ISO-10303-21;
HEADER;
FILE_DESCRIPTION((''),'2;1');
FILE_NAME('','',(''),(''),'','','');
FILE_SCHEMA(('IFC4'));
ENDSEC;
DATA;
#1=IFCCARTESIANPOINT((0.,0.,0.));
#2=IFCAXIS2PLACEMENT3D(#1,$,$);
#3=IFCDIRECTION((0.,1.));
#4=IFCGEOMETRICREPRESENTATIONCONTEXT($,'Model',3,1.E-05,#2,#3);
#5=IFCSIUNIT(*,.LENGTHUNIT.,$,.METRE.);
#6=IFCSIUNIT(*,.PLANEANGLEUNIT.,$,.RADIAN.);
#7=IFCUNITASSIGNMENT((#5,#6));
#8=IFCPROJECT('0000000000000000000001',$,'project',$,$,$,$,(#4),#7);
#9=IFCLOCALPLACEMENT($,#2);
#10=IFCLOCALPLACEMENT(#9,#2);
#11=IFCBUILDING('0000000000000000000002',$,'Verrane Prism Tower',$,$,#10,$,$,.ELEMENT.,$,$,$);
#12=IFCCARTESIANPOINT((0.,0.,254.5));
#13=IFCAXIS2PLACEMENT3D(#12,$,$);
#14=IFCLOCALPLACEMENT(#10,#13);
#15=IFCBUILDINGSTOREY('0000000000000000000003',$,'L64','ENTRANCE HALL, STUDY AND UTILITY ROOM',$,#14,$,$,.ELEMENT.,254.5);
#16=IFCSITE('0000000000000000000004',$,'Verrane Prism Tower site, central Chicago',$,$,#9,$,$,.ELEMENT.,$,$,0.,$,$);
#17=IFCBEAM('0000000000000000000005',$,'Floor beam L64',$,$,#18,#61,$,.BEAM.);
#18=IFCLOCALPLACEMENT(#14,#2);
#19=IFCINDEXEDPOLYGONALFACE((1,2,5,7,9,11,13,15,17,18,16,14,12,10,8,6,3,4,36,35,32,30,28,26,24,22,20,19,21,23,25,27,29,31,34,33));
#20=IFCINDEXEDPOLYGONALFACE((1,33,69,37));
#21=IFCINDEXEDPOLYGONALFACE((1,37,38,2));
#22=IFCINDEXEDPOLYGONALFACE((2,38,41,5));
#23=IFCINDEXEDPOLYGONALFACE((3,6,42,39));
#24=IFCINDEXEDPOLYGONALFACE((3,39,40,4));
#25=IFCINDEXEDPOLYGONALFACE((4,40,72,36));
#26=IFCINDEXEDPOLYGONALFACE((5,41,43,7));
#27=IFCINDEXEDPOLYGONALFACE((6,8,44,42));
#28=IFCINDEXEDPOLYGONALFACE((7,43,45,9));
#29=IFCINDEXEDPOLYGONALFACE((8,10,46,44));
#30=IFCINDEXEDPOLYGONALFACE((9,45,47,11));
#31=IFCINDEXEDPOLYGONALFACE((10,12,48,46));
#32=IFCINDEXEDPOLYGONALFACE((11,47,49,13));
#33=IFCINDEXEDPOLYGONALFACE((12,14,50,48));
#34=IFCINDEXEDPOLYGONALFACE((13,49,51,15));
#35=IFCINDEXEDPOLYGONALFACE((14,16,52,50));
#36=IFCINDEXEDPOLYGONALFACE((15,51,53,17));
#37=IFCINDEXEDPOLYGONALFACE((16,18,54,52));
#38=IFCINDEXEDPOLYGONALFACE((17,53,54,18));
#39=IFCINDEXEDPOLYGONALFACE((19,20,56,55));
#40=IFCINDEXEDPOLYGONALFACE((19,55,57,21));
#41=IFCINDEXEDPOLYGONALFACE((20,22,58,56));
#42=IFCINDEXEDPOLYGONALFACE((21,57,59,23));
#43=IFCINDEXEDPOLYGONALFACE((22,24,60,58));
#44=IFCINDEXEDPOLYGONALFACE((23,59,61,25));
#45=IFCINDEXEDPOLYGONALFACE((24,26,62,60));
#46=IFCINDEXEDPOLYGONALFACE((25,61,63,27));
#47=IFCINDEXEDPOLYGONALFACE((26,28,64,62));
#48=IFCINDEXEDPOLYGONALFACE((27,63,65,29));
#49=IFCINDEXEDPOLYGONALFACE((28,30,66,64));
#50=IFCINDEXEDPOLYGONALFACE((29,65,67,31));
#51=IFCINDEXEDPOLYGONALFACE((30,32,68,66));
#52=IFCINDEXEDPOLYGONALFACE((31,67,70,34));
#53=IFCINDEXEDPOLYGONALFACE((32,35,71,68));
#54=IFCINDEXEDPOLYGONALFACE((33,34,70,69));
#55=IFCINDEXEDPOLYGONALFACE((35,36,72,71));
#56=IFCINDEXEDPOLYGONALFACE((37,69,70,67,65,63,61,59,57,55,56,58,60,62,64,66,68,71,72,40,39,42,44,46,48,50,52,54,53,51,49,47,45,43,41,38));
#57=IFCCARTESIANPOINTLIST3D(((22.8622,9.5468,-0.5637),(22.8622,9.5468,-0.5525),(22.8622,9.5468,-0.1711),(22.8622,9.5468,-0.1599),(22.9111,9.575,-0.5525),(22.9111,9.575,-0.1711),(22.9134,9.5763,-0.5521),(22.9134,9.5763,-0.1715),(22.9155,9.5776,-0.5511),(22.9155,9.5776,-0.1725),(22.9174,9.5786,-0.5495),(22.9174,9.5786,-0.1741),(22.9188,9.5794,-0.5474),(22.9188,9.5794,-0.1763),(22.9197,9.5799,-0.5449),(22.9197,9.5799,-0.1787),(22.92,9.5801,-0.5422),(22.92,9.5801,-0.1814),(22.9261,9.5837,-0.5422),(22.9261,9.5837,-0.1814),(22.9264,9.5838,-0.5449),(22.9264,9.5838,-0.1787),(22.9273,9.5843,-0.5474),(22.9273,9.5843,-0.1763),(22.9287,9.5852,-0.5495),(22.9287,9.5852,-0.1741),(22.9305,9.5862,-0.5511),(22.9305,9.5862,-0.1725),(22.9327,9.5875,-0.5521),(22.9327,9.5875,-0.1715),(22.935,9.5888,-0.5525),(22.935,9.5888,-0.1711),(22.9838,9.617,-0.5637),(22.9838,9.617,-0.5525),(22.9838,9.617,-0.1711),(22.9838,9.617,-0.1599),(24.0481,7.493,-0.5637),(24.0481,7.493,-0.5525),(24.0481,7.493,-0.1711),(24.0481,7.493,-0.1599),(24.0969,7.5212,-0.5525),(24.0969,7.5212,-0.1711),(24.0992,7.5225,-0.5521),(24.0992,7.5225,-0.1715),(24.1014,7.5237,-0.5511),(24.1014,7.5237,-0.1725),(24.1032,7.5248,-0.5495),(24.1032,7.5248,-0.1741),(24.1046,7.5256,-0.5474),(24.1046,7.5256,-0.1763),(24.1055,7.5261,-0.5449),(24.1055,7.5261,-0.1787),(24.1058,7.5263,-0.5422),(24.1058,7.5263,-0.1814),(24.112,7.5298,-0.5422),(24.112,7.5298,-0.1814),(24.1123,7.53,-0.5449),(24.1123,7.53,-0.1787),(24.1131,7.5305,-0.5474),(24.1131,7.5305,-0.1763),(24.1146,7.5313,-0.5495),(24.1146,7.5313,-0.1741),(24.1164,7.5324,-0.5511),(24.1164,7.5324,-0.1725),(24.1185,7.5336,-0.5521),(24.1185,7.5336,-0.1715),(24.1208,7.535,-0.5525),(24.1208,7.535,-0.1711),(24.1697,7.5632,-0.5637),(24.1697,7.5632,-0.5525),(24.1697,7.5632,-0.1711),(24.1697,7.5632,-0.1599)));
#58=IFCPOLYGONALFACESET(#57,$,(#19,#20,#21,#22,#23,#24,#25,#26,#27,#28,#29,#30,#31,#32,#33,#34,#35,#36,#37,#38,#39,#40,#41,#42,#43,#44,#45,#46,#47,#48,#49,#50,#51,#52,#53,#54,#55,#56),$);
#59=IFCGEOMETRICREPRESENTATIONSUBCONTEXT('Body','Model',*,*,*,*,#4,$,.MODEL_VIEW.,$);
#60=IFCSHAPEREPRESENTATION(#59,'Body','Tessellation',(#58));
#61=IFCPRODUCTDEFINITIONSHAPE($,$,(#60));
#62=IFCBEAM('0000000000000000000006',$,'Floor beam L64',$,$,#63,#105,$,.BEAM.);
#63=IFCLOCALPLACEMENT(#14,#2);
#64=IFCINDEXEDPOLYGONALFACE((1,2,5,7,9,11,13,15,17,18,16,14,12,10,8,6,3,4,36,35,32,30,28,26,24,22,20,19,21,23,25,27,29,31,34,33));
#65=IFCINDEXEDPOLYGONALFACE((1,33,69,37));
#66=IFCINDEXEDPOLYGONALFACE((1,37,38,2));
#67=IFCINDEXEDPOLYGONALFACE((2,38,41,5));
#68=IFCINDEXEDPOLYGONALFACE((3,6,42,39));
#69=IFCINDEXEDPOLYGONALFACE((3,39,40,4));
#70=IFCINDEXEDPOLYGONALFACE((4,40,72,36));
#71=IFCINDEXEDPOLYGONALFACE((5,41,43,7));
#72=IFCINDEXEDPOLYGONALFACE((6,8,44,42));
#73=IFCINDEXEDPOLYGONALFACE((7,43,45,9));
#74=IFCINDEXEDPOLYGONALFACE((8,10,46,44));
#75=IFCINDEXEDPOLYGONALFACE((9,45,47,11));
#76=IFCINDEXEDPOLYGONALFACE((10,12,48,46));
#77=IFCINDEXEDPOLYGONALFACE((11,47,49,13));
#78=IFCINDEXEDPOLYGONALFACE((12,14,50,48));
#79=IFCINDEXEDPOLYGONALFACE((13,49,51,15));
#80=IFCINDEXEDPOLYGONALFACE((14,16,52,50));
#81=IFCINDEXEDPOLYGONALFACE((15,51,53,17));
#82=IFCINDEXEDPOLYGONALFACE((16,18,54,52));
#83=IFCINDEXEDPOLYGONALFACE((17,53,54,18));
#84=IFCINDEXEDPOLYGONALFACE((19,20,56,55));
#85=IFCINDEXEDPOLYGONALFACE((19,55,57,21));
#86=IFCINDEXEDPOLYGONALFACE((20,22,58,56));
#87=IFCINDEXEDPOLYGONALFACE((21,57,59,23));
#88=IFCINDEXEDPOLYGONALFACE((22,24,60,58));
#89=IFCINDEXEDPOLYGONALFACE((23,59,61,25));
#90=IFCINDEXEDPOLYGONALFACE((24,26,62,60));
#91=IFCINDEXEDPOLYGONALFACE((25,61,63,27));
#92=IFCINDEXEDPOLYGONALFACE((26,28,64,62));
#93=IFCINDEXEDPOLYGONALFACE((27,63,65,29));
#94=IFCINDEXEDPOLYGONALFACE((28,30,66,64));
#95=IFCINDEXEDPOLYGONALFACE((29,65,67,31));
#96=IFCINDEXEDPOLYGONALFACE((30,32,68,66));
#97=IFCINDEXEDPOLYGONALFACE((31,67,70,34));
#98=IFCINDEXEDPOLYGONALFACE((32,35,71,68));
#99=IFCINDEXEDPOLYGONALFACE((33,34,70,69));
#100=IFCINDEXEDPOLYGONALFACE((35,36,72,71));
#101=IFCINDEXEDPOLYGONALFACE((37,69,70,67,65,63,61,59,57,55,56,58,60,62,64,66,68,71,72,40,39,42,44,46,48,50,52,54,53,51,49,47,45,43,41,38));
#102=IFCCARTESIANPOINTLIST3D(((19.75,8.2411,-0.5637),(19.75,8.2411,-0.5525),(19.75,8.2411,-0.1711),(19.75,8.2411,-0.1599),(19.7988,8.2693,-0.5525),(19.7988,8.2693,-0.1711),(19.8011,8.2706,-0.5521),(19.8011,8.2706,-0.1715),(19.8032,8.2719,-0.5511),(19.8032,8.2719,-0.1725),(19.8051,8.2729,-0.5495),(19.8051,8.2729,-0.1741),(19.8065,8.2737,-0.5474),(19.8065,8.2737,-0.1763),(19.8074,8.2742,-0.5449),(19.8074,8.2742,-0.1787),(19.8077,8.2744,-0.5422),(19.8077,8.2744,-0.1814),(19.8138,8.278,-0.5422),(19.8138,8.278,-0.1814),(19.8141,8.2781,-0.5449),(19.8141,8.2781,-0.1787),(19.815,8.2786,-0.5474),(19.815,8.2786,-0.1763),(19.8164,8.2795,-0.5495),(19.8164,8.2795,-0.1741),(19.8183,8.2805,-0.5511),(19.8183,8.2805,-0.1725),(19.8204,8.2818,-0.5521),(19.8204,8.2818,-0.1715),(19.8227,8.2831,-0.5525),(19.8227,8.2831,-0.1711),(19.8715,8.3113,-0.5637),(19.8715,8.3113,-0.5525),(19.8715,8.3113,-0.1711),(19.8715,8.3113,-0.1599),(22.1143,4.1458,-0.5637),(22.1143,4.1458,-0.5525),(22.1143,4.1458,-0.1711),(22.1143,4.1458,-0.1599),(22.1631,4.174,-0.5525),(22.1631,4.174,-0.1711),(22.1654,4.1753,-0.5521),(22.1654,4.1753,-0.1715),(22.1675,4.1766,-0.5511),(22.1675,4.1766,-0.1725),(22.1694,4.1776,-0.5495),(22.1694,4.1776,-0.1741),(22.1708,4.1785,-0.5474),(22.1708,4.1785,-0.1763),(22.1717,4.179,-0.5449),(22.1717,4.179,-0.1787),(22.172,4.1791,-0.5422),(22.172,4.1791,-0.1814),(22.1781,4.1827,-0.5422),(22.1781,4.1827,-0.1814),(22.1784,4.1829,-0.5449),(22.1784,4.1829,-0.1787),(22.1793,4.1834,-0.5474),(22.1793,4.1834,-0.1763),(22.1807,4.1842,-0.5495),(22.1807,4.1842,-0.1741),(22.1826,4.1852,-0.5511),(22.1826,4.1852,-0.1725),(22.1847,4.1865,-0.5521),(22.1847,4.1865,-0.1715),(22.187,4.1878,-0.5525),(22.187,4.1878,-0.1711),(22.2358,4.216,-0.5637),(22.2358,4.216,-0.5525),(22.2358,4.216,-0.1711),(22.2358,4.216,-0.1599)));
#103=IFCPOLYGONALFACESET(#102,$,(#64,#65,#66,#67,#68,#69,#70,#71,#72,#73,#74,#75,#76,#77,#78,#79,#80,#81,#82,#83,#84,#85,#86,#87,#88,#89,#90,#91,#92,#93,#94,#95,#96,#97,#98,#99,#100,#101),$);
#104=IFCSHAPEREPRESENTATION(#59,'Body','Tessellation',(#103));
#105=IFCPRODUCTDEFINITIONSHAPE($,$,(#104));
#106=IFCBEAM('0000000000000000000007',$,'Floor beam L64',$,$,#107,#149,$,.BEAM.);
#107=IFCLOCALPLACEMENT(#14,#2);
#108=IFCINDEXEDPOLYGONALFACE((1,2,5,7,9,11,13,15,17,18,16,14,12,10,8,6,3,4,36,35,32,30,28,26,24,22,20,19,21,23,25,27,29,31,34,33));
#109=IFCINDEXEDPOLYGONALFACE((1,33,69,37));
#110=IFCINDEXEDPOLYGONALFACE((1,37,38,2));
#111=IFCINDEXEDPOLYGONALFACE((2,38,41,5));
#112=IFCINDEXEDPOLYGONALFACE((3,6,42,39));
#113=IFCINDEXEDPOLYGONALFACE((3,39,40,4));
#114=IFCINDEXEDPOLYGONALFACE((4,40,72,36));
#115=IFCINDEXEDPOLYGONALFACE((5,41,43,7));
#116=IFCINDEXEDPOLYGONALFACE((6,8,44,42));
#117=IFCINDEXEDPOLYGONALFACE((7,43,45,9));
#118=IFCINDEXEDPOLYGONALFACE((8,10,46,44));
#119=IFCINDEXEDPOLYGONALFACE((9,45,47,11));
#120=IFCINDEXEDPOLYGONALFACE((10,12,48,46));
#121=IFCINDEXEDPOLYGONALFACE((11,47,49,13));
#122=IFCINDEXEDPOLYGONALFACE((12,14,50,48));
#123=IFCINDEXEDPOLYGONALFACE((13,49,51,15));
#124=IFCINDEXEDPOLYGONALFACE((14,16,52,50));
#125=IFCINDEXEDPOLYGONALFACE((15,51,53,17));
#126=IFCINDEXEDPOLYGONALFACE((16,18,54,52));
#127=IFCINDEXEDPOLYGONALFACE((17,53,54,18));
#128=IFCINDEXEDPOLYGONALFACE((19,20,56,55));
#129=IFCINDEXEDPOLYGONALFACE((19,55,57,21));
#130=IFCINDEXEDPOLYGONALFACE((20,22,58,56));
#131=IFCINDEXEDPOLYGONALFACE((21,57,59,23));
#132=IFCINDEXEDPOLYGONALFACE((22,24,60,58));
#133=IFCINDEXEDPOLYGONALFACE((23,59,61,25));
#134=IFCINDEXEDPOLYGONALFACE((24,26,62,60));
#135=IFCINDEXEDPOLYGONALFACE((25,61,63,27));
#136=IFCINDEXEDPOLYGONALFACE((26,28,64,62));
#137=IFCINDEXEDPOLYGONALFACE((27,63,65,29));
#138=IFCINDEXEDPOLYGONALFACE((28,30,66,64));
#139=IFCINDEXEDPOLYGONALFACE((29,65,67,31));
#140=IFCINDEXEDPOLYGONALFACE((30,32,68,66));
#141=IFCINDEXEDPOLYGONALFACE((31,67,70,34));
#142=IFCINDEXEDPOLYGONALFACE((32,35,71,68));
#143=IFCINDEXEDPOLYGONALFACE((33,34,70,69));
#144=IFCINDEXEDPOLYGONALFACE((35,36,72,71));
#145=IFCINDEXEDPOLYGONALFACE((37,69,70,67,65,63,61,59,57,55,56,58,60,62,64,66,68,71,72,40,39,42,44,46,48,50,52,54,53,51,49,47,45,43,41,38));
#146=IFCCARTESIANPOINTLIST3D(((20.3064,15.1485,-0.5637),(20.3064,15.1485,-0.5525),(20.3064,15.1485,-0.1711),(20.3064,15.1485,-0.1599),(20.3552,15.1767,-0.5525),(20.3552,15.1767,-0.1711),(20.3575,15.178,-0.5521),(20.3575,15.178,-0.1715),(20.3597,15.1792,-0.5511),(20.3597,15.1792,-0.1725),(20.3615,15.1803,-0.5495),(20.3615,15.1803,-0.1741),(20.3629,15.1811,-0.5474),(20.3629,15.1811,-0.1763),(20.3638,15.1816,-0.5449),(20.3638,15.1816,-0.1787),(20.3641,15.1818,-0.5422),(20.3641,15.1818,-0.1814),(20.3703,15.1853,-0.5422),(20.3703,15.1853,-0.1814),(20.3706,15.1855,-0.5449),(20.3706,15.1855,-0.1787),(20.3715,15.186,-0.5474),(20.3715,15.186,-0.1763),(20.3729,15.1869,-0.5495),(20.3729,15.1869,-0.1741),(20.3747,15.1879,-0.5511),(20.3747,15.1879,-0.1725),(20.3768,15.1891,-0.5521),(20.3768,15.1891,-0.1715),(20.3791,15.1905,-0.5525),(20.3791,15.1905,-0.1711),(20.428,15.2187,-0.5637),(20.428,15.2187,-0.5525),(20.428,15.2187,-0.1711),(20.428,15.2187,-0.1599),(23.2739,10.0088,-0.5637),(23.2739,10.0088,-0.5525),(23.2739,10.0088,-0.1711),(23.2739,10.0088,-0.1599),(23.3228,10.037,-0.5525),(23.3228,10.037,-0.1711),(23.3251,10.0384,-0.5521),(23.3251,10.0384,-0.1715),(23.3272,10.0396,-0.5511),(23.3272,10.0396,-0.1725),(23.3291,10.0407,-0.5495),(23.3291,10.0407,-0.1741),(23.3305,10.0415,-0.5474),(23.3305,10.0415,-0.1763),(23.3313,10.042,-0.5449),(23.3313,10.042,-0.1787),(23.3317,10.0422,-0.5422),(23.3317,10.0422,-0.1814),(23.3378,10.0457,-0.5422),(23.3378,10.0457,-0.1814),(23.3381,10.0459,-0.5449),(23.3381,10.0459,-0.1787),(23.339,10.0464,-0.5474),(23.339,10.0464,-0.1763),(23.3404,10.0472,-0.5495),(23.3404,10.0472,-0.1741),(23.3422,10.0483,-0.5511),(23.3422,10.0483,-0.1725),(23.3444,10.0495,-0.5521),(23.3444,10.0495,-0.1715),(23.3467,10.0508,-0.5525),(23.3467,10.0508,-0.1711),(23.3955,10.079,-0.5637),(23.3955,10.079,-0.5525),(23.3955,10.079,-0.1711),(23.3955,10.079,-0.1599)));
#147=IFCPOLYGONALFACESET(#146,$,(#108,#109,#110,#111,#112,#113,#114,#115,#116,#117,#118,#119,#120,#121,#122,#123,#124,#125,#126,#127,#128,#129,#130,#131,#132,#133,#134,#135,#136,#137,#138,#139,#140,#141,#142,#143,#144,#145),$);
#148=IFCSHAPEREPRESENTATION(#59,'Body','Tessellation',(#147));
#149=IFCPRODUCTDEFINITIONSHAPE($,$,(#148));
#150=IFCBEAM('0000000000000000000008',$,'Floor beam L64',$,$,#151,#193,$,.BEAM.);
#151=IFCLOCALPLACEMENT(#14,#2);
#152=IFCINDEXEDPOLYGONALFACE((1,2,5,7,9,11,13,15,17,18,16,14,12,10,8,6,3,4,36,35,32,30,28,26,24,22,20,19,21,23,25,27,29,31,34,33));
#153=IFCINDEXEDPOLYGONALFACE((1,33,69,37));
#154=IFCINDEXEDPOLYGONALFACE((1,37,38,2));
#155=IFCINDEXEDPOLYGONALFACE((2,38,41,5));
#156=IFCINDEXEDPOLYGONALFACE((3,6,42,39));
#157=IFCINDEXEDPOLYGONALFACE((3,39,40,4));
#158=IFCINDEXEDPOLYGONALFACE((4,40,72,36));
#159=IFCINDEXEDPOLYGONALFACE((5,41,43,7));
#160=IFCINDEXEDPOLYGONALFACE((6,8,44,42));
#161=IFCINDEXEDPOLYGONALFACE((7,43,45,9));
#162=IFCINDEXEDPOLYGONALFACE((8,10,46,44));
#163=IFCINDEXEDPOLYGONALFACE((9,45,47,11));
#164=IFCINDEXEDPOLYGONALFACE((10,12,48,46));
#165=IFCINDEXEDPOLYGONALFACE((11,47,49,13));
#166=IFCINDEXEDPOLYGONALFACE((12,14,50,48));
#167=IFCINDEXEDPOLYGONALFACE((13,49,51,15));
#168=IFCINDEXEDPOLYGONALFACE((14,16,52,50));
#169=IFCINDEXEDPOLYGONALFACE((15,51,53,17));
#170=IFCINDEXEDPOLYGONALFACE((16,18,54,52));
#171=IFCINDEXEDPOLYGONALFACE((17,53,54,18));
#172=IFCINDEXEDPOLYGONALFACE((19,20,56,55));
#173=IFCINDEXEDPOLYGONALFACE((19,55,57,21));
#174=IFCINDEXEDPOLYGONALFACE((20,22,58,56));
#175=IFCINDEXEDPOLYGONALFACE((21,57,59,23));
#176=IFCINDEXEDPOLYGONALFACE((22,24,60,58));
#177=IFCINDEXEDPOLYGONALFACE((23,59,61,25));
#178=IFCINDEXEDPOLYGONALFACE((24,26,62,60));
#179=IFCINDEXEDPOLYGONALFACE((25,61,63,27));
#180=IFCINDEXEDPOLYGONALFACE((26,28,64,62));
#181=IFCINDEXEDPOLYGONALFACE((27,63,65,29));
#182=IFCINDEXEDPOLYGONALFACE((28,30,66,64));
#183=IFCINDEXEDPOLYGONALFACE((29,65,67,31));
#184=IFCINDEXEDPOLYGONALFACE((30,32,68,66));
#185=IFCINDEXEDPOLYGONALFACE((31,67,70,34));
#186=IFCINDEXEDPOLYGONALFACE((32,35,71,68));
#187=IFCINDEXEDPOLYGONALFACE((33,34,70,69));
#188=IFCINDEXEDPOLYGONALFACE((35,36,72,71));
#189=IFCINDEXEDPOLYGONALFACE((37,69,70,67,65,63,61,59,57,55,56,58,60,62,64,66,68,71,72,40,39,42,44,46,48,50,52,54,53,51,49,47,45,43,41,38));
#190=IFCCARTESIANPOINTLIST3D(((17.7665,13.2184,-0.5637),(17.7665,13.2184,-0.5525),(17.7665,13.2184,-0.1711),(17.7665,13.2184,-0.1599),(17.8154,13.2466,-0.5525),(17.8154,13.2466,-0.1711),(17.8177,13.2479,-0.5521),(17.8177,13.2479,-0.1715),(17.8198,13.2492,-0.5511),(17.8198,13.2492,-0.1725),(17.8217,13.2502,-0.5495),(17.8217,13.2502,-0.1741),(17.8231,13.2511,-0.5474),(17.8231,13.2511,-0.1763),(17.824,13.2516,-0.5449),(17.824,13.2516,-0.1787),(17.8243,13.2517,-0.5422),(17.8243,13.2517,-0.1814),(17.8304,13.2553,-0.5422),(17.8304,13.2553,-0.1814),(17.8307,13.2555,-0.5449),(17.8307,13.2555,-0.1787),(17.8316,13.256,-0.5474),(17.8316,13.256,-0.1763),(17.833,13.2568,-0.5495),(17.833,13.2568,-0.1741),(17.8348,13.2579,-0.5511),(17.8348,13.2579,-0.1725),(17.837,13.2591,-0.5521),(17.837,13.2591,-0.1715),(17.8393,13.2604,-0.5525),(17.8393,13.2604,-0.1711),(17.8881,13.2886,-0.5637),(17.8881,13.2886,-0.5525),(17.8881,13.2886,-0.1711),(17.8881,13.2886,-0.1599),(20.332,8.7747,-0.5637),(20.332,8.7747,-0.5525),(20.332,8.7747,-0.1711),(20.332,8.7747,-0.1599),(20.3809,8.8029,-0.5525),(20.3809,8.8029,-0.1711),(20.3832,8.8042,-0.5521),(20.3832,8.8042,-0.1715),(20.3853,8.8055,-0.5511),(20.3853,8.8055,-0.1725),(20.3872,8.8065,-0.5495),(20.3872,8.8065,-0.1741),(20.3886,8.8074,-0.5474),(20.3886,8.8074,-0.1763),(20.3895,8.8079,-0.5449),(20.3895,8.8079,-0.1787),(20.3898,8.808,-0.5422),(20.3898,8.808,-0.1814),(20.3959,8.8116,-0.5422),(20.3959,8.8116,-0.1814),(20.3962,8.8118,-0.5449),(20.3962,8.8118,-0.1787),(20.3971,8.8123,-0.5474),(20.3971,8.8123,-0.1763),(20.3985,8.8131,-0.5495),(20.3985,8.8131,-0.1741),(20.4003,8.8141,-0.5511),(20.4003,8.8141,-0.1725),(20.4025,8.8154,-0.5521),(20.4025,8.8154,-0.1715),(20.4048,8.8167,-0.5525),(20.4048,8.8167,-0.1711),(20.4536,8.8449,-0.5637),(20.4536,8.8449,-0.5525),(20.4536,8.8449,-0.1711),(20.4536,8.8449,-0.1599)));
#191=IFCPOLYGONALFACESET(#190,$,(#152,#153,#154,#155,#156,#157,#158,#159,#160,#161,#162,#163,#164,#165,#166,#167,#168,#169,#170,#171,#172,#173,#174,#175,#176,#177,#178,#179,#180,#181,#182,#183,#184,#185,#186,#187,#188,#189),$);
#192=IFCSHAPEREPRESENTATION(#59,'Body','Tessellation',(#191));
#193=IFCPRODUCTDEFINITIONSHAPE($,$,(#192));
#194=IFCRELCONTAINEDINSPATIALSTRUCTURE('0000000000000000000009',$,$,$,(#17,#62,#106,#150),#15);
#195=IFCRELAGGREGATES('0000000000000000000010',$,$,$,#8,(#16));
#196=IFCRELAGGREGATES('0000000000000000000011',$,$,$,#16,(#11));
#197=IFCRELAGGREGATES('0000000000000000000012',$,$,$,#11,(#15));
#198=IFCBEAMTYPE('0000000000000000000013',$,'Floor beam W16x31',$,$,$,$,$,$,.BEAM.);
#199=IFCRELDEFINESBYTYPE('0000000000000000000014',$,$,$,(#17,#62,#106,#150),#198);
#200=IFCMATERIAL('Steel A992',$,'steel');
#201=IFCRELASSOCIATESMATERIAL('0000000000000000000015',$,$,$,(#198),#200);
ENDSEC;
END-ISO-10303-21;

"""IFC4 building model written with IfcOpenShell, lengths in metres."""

from ifc_helpers import new_model, si_unit, direction, frame, origin, origin_2d, place, context, subcontext, project, spatial, i_section, extrude, material, material_profile, profile_set, type_object, element, save


model = new_model("IFC4")

# Units and contexts
model_context = context("Model", 3, precision=1e-05, world=origin(), true_north=direction((0.0, 1.0)))
body_context = subcontext(model_context, "Body", "Model", "MODEL_VIEW")
ifc_project = project(units=[si_unit("LENGTHUNIT", "METRE"), si_unit("PLANEANGLEUNIT", "RADIAN")], contexts=[model_context])

# Site, building, storey
site_placement = place(None, origin())
site = spatial("IfcSite", under=ifc_project, at=site_placement, Name="Verrane Prism Tower site, central Chicago", CompositionType="ELEMENT", RefElevation=0.0)
building_placement = place(site_placement, origin())
building = spatial("IfcBuilding", under=site, at=building_placement, Name="Verrane Prism Tower", CompositionType="ELEMENT")
storey_placement = place(building_placement, frame((0.0, 0.0, 254.5)))
storey = spatial("IfcBuildingStorey", under=building, at=storey_placement, Name="L64", Description="ENTRANCE HALL, STUDY AND UTILITY ROOM", CompositionType="ELEMENT", Elevation=254.5)

# Beams
ifc_material_1 = material(Name="Steel A992", Category="steel")
ifc_material_profile_1 = material_profile(ifc_material_1, i_section(OverallWidth=0.1404, OverallDepth=0.4038, WebThickness=0.0071, FlangeThickness=0.0112, FilletRadius=0.0103, at=origin_2d()), Name="W16x31")
ifc_profile_set_1 = profile_set([ifc_material_profile_1], Name="Steel A992")
beam_type_1 = type_object("IfcBeamType", Name="Floor beam W16x31", PredefinedType="BEAM", material=ifc_profile_set_1)
beam_1_placement = place(storey_placement, frame((24.1089, 7.5281, -0.3618), z_axis=(-0.500025, 0.866011, 0.0), x_axis=(-0.866011, -0.500025, 0.0)))
element("IfcBeam", 1, at=beam_1_placement, inside=storey, type_object=beam_type_1, Name="Floor beam L64", PredefinedType="BEAM", context=body_context, shape_type="SweptSolid", body=[
    extrude(i_section(OverallWidth=0.1404, OverallDepth=0.4038, WebThickness=0.0071, FlangeThickness=0.0112, FilletRadius=0.0103, at=origin_2d()), origin(), (0.0, 0.0, 1.0), 2.3716),
])
beam_2_placement = place(storey_placement, frame((22.175, 4.1809, -0.3618), z_axis=(-0.499982, 0.866036, 0.0), x_axis=(-0.866036, -0.499982, 0.0)))
element("IfcBeam", 2, at=beam_2_placement, inside=storey, type_object=beam_type_1, Name="Floor beam L64", PredefinedType="BEAM", context=body_context, shape_type="SweptSolid", body=[
    extrude(i_section(OverallWidth=0.1404, OverallDepth=0.4038, WebThickness=0.0071, FlangeThickness=0.0112, FilletRadius=0.0103, at=origin_2d()), origin(), (0.0, 0.0, 1.0), 4.7288),
])
beam_3_placement = place(storey_placement, frame((23.3347, 10.0439, -0.3618), z_axis=(-0.500019, 0.866014, 0.0), x_axis=(-0.866014, -0.500019, 0.0)))
element("IfcBeam", 3, at=beam_3_placement, inside=storey, type_object=beam_type_1, Name="Floor beam L64", PredefinedType="BEAM", context=body_context, shape_type="SweptSolid", body=[
    extrude(i_section(OverallWidth=0.1404, OverallDepth=0.4038, WebThickness=0.0071, FlangeThickness=0.0112, FilletRadius=0.0103, at=origin_2d()), origin(), (0.0, 0.0, 1.0), 5.9348),
])
beam_4_placement = place(storey_placement, frame((20.3928, 8.8098, -0.3618), z_axis=(-0.499987, 0.866033, 0.0), x_axis=(-0.866033, -0.499987, 0.0)))
element("IfcBeam", 4, at=beam_4_placement, inside=storey, type_object=beam_type_1, Name="Floor beam L64", PredefinedType="BEAM", context=body_context, shape_type="SweptSolid", body=[
    extrude(i_section(OverallWidth=0.1404, OverallDepth=0.4038, WebThickness=0.0071, FlangeThickness=0.0112, FilletRadius=0.0103, at=origin_2d()), origin(), (0.0, 0.0, 1.0), 5.1311),
])

save(model, "model.ifc")
